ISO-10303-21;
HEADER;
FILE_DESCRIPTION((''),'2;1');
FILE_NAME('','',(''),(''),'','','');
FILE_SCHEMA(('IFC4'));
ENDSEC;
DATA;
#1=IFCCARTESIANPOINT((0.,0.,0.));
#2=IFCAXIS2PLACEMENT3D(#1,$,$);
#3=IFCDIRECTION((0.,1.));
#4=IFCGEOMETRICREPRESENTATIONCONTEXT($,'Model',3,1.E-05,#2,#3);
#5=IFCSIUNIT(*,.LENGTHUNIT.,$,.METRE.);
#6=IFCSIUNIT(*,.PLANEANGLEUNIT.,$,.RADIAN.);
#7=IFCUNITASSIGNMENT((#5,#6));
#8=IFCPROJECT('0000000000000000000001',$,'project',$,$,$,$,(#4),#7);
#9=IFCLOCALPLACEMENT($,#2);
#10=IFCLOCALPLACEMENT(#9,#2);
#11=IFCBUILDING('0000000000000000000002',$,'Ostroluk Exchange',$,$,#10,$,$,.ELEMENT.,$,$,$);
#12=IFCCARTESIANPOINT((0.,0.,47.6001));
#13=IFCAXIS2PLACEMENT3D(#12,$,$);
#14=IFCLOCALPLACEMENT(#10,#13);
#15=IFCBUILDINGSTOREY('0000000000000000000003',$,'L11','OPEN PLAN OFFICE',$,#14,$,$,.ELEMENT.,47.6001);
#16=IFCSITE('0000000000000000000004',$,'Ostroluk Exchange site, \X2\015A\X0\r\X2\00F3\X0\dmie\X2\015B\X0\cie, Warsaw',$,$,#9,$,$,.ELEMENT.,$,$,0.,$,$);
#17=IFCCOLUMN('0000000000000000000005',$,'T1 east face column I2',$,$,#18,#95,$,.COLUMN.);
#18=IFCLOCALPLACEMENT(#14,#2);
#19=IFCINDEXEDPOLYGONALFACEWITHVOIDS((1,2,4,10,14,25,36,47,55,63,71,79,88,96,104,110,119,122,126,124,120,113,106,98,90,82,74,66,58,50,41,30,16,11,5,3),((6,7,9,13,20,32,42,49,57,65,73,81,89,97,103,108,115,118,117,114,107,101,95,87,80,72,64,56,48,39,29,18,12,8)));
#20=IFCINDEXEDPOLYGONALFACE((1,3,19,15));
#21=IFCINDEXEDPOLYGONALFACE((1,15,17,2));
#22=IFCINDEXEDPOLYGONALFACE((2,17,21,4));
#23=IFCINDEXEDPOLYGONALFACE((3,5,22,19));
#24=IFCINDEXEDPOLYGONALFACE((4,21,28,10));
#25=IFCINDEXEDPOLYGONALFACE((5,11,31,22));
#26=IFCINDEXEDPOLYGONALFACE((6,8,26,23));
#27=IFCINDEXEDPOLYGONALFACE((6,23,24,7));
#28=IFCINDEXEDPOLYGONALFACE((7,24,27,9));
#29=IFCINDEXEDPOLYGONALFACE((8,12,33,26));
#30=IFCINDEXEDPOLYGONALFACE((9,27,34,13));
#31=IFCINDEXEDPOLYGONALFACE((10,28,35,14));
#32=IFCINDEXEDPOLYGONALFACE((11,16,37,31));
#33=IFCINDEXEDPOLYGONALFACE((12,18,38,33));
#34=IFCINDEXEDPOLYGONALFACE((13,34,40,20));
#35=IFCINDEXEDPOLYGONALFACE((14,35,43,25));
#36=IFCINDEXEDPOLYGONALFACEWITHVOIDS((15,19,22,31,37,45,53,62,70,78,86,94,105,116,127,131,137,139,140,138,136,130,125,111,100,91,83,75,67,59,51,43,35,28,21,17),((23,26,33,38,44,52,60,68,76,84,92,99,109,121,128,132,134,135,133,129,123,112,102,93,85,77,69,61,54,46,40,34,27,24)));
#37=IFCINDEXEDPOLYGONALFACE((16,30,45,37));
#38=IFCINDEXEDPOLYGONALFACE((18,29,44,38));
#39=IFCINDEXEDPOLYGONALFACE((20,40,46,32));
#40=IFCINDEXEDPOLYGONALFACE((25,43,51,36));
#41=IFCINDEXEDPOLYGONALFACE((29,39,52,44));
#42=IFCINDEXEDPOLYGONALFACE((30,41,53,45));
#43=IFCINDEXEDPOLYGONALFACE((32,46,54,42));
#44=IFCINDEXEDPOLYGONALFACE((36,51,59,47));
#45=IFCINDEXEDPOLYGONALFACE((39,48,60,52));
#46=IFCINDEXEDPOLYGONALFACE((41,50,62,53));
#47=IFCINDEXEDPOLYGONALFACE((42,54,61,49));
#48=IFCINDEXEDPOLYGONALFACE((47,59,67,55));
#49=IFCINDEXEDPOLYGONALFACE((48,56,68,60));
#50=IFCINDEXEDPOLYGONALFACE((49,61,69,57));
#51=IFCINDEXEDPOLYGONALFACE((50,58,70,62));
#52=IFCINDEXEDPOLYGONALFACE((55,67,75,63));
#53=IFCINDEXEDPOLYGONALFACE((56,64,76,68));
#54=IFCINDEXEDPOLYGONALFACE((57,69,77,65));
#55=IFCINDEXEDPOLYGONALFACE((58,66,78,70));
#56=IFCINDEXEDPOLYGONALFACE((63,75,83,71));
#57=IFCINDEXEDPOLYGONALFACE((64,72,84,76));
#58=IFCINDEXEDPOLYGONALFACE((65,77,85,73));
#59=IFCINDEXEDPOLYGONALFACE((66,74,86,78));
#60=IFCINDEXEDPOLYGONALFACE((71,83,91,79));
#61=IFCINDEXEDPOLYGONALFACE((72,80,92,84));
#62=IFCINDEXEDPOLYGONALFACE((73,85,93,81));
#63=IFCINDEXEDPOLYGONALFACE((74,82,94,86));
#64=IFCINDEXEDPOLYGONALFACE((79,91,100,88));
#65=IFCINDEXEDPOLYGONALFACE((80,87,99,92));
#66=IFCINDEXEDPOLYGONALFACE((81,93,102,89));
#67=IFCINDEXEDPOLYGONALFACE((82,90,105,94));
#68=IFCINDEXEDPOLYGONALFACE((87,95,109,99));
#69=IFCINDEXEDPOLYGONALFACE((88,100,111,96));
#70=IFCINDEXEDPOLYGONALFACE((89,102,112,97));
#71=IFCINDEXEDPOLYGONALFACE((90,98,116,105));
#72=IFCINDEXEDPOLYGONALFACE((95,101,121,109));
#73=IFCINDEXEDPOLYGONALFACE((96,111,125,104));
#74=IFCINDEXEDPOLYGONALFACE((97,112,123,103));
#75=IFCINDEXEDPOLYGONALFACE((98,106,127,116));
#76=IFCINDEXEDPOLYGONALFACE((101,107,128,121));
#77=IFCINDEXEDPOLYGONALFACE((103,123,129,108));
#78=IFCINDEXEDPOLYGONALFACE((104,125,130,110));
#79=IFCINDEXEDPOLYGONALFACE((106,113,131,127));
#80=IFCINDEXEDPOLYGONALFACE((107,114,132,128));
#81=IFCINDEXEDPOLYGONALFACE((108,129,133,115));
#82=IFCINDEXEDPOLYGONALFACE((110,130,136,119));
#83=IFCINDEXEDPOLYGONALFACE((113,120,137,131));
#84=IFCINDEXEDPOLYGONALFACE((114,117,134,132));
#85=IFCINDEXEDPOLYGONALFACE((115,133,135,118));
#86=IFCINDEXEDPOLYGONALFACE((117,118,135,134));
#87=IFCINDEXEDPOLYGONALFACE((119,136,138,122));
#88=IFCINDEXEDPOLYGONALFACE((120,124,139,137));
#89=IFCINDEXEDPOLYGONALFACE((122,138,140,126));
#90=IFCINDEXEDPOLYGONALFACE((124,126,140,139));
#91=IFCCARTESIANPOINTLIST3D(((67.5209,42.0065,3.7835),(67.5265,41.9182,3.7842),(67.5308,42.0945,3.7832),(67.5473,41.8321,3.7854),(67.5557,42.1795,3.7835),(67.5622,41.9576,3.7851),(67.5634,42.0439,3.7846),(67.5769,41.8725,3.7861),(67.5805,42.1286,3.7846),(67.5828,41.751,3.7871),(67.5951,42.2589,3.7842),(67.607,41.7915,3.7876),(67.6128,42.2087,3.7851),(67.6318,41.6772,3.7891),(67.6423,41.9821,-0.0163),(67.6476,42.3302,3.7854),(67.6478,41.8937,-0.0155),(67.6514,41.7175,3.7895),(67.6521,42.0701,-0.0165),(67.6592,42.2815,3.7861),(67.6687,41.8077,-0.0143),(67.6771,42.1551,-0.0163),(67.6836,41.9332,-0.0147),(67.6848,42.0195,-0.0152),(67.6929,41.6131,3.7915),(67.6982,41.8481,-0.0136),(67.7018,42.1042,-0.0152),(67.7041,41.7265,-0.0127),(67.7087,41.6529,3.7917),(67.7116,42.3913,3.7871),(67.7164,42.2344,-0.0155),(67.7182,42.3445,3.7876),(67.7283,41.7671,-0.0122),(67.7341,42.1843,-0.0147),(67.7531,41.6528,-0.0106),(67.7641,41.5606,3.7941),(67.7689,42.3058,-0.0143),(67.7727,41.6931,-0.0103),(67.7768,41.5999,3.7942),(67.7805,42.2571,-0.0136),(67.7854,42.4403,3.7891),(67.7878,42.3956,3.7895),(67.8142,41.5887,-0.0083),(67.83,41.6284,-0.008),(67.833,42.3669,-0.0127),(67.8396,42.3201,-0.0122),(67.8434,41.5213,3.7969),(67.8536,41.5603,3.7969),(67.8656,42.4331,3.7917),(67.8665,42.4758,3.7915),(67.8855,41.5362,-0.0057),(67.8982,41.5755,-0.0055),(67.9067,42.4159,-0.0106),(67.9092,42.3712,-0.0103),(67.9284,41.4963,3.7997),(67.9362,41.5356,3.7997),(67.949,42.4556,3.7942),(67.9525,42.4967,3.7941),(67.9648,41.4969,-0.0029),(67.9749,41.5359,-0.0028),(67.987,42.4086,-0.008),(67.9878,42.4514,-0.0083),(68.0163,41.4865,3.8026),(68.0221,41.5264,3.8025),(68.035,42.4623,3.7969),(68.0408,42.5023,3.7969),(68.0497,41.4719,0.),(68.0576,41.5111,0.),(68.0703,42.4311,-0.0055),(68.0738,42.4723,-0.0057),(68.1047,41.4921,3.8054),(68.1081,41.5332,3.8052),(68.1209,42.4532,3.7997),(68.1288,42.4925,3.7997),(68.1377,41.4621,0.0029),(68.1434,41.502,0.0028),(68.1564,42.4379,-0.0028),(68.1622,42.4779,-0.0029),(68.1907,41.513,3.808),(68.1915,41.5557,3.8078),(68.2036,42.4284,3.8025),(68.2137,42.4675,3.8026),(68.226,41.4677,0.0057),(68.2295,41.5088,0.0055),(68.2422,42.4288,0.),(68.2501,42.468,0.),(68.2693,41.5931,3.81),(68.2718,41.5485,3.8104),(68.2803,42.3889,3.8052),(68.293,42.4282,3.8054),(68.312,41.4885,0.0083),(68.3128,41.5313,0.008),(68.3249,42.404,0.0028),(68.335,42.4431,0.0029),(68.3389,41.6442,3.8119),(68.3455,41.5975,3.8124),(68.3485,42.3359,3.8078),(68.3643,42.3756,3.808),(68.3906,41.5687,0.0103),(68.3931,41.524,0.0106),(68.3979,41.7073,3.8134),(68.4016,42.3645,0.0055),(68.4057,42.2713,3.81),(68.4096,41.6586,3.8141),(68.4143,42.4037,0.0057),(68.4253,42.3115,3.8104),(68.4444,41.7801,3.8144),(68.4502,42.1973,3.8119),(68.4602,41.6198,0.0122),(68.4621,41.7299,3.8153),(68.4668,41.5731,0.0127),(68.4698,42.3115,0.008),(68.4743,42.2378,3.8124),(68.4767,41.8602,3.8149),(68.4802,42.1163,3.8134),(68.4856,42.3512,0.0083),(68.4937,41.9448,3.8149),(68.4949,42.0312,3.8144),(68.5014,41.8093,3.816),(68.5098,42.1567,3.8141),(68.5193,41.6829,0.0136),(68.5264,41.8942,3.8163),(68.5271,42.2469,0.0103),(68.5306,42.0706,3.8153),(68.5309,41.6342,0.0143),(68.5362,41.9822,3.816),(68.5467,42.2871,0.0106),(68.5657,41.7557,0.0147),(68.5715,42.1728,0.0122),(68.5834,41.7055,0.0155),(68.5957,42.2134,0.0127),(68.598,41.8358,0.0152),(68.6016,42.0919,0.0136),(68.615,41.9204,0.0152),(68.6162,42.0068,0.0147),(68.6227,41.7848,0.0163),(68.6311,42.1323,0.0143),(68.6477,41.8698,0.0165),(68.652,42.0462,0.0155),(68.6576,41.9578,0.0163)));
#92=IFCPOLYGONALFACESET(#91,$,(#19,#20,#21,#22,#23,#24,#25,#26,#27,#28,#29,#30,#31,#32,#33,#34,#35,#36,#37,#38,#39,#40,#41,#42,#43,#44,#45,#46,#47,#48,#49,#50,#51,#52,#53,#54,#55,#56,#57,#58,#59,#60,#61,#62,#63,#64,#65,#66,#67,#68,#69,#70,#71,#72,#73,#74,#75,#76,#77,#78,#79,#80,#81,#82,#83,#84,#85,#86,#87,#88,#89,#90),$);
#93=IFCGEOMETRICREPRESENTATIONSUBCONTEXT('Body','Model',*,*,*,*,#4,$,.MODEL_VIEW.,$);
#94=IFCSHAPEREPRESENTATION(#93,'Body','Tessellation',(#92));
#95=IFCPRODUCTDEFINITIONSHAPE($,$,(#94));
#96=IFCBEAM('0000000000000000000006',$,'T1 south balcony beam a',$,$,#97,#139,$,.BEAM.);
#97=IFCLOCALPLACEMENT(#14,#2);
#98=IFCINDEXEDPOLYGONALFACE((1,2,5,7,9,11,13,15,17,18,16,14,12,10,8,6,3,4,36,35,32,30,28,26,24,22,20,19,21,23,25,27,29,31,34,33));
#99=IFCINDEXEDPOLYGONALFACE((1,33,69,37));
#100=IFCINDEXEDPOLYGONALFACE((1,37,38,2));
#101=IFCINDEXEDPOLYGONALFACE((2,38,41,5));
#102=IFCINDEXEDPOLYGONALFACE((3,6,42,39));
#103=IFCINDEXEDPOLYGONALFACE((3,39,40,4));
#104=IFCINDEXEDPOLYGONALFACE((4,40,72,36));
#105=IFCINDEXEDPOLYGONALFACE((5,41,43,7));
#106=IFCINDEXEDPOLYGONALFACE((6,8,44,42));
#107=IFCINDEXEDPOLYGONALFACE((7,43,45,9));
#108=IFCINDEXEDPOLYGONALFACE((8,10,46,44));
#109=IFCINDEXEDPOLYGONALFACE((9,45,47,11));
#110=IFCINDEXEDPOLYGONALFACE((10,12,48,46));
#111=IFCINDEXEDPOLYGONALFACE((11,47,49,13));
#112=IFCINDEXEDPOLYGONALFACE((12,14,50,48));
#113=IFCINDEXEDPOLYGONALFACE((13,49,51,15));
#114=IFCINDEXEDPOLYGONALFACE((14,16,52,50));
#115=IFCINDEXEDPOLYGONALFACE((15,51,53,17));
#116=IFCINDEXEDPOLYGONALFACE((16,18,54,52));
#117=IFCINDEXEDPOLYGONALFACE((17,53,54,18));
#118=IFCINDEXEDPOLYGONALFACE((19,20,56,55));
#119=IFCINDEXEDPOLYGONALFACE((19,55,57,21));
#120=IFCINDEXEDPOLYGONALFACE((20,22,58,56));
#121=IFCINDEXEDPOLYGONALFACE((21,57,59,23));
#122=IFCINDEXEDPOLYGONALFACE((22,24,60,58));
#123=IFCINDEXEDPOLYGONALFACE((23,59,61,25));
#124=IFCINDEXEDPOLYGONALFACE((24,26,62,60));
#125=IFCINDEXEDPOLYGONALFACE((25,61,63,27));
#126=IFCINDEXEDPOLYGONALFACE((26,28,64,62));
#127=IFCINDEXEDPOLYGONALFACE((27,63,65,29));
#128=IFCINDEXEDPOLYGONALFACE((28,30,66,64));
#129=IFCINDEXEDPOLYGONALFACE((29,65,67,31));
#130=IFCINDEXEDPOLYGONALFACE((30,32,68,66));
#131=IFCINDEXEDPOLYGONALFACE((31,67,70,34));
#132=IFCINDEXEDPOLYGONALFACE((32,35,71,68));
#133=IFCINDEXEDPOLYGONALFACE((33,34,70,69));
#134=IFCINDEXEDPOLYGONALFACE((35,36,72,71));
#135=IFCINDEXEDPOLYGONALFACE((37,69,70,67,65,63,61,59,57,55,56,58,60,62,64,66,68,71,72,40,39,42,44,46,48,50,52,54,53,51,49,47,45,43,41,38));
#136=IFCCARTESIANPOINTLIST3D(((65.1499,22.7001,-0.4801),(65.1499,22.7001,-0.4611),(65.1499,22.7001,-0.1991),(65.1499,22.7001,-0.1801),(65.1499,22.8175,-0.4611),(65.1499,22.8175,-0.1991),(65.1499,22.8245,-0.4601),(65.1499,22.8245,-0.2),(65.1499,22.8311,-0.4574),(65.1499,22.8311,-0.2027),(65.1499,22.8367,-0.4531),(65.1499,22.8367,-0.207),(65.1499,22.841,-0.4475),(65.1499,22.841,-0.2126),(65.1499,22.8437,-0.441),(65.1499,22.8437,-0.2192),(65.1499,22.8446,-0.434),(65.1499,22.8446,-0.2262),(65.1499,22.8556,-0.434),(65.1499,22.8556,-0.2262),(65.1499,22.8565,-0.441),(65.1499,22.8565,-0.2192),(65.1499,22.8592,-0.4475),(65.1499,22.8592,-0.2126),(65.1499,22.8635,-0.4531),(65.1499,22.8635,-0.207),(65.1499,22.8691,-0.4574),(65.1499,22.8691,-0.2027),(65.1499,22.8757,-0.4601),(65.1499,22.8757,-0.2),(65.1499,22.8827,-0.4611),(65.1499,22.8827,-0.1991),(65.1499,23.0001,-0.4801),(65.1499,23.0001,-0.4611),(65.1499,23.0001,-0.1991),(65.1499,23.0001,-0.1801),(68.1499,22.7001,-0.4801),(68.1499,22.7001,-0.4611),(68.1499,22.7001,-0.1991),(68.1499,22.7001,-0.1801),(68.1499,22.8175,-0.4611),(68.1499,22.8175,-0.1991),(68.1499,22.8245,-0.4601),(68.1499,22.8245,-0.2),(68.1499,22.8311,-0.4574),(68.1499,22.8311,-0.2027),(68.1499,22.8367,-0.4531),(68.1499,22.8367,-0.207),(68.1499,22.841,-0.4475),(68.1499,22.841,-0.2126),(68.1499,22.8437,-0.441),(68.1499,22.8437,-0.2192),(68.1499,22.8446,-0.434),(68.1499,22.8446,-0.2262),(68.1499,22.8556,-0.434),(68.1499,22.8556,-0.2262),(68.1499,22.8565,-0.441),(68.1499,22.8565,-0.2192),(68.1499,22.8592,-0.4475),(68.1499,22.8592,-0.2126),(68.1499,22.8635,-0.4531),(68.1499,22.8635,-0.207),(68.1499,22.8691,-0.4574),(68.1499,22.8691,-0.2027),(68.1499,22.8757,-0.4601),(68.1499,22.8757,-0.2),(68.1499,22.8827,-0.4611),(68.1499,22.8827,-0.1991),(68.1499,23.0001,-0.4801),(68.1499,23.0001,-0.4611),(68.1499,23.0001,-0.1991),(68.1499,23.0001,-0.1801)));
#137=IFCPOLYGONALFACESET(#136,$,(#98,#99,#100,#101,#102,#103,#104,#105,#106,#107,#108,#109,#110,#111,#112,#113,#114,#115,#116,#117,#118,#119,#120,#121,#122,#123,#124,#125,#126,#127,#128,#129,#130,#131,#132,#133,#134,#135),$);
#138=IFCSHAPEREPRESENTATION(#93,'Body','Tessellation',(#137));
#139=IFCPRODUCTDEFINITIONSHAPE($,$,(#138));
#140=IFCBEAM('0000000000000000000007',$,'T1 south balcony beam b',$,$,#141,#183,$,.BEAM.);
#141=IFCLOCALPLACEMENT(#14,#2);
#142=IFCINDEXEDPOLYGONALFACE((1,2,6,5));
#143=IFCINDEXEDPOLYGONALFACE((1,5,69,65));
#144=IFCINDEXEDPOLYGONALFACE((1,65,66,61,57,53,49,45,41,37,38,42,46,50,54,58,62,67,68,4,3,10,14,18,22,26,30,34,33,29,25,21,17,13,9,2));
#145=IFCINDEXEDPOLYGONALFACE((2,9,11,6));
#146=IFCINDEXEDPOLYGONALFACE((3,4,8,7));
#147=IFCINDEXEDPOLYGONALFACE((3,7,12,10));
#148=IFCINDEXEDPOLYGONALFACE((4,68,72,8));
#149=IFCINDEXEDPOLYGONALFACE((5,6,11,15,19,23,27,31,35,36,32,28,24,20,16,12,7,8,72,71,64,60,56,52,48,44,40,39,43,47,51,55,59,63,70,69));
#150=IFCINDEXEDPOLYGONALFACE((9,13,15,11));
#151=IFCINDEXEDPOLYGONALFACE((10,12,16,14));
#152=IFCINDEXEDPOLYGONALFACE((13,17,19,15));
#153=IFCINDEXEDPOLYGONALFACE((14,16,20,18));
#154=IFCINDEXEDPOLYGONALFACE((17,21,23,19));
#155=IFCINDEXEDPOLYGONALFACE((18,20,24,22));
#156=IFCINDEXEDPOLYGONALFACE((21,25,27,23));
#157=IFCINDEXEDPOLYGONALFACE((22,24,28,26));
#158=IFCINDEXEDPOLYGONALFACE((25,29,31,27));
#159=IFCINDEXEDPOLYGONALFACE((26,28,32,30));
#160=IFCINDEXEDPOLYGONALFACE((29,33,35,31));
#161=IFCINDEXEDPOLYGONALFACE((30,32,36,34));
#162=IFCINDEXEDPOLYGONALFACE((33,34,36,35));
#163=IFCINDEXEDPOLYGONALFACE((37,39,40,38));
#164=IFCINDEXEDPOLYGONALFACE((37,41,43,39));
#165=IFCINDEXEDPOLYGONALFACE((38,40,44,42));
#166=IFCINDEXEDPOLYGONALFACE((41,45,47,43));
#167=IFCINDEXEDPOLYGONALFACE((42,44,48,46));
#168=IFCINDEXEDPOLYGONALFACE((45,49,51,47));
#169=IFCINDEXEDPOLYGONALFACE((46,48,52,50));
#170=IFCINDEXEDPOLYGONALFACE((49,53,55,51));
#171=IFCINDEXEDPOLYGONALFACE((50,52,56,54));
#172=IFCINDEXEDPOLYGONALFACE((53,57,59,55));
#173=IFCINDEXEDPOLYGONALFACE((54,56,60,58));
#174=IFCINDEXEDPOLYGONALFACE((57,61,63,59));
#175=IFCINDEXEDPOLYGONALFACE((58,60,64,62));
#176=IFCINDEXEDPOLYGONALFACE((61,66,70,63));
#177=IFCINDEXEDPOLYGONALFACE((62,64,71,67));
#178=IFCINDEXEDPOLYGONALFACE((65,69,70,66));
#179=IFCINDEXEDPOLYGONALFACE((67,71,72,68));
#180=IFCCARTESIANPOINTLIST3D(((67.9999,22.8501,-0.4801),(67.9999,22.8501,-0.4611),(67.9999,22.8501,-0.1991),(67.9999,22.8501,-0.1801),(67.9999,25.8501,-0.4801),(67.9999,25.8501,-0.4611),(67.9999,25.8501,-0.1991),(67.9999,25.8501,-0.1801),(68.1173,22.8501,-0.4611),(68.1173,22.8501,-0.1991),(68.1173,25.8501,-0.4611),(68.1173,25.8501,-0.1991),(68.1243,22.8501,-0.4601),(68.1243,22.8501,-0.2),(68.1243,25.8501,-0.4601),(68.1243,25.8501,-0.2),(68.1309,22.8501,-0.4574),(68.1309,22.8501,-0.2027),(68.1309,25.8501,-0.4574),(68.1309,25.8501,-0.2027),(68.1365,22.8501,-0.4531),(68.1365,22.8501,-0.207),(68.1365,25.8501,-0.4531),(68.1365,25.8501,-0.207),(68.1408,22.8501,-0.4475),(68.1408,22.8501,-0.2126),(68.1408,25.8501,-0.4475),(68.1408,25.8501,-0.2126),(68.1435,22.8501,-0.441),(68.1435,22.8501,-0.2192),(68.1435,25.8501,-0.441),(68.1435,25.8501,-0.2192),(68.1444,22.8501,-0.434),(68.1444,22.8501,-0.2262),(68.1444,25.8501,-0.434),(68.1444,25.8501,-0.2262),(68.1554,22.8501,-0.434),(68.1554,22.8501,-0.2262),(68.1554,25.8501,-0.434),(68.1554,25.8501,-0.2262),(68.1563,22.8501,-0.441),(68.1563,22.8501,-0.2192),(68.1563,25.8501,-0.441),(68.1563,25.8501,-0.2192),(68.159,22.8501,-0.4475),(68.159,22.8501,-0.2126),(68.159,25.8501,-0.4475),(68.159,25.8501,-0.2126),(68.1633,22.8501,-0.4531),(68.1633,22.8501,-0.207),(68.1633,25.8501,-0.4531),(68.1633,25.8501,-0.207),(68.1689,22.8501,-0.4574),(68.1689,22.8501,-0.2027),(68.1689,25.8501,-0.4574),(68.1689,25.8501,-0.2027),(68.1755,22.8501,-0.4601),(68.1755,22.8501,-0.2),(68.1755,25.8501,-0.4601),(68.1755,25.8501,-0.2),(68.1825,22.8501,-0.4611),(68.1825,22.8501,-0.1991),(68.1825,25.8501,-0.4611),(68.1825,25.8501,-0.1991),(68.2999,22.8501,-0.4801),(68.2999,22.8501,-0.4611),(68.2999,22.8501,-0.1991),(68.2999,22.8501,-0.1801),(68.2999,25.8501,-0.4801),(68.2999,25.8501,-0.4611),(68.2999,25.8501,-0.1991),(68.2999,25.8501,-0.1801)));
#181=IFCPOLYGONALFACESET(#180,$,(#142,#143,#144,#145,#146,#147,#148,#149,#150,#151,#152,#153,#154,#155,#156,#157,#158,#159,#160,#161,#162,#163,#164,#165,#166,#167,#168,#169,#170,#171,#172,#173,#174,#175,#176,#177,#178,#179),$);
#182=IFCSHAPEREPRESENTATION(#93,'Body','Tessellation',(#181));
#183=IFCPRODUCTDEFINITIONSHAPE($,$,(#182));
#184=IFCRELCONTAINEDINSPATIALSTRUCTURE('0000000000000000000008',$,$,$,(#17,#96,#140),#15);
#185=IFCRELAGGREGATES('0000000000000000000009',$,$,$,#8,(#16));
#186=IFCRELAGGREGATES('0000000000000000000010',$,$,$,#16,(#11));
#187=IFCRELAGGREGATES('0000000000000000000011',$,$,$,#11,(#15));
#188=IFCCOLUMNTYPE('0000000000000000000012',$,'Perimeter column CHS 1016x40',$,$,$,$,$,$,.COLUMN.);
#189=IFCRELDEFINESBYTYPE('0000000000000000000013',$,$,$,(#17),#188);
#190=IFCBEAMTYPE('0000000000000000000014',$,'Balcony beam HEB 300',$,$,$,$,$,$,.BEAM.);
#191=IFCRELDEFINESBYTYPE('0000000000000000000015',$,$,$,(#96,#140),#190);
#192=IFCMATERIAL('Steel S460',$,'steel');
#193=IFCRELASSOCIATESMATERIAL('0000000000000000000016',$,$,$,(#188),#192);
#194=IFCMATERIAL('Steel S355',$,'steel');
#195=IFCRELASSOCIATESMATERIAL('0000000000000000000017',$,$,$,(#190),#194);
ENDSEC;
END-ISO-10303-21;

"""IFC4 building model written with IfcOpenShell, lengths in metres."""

from ifc_helpers import new_model, si_unit, direction, frame, origin, origin_2d, place, context, subcontext, project, spatial, hollow_circle, i_section, extrude, material, material_profile, profile_set, type_object, element, save


model = new_model("IFC4")

# Units and contexts
model_context = context("Model", 3, precision=1e-05, world=origin(), true_north=direction((0.0, 1.0)))
body_context = subcontext(model_context, "Body", "Model", "MODEL_VIEW")
ifc_project = project(units=[si_unit("LENGTHUNIT", "METRE"), si_unit("PLANEANGLEUNIT", "RADIAN")], contexts=[model_context])

# Site, building, storey
site_placement = place(None, origin())
site = spatial("IfcSite", under=ifc_project, at=site_placement, Name="Ostroluk Exchange site, Śródmieście, Warsaw", CompositionType="ELEMENT", RefElevation=0.0)
building_placement = place(site_placement, origin())
building = spatial("IfcBuilding", under=site, at=building_placement, Name="Ostroluk Exchange", CompositionType="ELEMENT")
storey_placement = place(building_placement, frame((0.0, 0.0, 47.6001)))
storey = spatial("IfcBuildingStorey", under=building, at=storey_placement, Name="L11", Description="OPEN PLAN OFFICE", CompositionType="ELEMENT", Elevation=47.6001)

# Column
ifc_material_1 = material(Name="Steel S460", Category="steel")
ifc_material_profile_1 = material_profile(ifc_material_1, hollow_circle(Radius=0.5081, WallThickness=0.04, at=origin_2d()), Name="CHS 1016x40")
ifc_profile_set_1 = profile_set([ifc_material_profile_1], Name="Steel S460")
column_type = type_object("IfcColumnType", Name="Perimeter column CHS 1016x40", PredefinedType="COLUMN", material=ifc_profile_set_1)
column_1_placement = place(storey_placement, frame((68.1499, 41.97, 0.0), z_axis=(-0.031916, 0.006422, 0.99947), x_axis=(-0.197254, -0.980352, 0.0)))
element("IfcColumn", 1, at=column_1_placement, inside=storey, type_object=column_type, Name="T1 east face column I2", PredefinedType="COLUMN", context=body_context, shape_type="SweptSolid", body=[
    extrude(hollow_circle(Radius=0.5081, WallThickness=0.04, at=origin_2d()), origin(), (0.0, 0.0, 1.0), 3.8018),
])

# Beams
ifc_material_2 = material(Name="Steel S355", Category="steel")
ifc_material_profile_2 = material_profile(ifc_material_2, i_section(OverallWidth=0.3, OverallDepth=0.3, WebThickness=0.011, FlangeThickness=0.019, FilletRadius=0.0271, at=origin_2d()), Name="HEB 300")
ifc_profile_set_2 = profile_set([ifc_material_profile_2], Name="Steel S355")
beam_type_1 = type_object("IfcBeamType", Name="Balcony beam HEB 300", PredefinedType="BEAM", material=ifc_profile_set_2)
for number, where, z_axis, x_axis, name in (
    (2, (65.1499, 22.8501, -0.3301), (1.0, 0.0, 0.0), (0.0, 1.0, 0.0), "T1 south balcony beam a"),
    (3, (68.1499, 25.8501, -0.3301), (0.0, -1.0, 0.0), (1.0, 0.0, 0.0), "T1 south balcony beam b"),
):
    element("IfcBeam", number, at=place(storey_placement, frame(where, z_axis=z_axis, x_axis=x_axis)), inside=storey, type_object=beam_type_1, Name=name, PredefinedType="BEAM", context=body_context, shape_type="SweptSolid", body=[
        extrude(i_section(OverallWidth=0.3, OverallDepth=0.3, WebThickness=0.011, FlangeThickness=0.019, FilletRadius=0.0271, at=origin_2d()), origin(), (0.0, 0.0, 1.0), 3.0),
    ])

save(model, "model.ifc")
